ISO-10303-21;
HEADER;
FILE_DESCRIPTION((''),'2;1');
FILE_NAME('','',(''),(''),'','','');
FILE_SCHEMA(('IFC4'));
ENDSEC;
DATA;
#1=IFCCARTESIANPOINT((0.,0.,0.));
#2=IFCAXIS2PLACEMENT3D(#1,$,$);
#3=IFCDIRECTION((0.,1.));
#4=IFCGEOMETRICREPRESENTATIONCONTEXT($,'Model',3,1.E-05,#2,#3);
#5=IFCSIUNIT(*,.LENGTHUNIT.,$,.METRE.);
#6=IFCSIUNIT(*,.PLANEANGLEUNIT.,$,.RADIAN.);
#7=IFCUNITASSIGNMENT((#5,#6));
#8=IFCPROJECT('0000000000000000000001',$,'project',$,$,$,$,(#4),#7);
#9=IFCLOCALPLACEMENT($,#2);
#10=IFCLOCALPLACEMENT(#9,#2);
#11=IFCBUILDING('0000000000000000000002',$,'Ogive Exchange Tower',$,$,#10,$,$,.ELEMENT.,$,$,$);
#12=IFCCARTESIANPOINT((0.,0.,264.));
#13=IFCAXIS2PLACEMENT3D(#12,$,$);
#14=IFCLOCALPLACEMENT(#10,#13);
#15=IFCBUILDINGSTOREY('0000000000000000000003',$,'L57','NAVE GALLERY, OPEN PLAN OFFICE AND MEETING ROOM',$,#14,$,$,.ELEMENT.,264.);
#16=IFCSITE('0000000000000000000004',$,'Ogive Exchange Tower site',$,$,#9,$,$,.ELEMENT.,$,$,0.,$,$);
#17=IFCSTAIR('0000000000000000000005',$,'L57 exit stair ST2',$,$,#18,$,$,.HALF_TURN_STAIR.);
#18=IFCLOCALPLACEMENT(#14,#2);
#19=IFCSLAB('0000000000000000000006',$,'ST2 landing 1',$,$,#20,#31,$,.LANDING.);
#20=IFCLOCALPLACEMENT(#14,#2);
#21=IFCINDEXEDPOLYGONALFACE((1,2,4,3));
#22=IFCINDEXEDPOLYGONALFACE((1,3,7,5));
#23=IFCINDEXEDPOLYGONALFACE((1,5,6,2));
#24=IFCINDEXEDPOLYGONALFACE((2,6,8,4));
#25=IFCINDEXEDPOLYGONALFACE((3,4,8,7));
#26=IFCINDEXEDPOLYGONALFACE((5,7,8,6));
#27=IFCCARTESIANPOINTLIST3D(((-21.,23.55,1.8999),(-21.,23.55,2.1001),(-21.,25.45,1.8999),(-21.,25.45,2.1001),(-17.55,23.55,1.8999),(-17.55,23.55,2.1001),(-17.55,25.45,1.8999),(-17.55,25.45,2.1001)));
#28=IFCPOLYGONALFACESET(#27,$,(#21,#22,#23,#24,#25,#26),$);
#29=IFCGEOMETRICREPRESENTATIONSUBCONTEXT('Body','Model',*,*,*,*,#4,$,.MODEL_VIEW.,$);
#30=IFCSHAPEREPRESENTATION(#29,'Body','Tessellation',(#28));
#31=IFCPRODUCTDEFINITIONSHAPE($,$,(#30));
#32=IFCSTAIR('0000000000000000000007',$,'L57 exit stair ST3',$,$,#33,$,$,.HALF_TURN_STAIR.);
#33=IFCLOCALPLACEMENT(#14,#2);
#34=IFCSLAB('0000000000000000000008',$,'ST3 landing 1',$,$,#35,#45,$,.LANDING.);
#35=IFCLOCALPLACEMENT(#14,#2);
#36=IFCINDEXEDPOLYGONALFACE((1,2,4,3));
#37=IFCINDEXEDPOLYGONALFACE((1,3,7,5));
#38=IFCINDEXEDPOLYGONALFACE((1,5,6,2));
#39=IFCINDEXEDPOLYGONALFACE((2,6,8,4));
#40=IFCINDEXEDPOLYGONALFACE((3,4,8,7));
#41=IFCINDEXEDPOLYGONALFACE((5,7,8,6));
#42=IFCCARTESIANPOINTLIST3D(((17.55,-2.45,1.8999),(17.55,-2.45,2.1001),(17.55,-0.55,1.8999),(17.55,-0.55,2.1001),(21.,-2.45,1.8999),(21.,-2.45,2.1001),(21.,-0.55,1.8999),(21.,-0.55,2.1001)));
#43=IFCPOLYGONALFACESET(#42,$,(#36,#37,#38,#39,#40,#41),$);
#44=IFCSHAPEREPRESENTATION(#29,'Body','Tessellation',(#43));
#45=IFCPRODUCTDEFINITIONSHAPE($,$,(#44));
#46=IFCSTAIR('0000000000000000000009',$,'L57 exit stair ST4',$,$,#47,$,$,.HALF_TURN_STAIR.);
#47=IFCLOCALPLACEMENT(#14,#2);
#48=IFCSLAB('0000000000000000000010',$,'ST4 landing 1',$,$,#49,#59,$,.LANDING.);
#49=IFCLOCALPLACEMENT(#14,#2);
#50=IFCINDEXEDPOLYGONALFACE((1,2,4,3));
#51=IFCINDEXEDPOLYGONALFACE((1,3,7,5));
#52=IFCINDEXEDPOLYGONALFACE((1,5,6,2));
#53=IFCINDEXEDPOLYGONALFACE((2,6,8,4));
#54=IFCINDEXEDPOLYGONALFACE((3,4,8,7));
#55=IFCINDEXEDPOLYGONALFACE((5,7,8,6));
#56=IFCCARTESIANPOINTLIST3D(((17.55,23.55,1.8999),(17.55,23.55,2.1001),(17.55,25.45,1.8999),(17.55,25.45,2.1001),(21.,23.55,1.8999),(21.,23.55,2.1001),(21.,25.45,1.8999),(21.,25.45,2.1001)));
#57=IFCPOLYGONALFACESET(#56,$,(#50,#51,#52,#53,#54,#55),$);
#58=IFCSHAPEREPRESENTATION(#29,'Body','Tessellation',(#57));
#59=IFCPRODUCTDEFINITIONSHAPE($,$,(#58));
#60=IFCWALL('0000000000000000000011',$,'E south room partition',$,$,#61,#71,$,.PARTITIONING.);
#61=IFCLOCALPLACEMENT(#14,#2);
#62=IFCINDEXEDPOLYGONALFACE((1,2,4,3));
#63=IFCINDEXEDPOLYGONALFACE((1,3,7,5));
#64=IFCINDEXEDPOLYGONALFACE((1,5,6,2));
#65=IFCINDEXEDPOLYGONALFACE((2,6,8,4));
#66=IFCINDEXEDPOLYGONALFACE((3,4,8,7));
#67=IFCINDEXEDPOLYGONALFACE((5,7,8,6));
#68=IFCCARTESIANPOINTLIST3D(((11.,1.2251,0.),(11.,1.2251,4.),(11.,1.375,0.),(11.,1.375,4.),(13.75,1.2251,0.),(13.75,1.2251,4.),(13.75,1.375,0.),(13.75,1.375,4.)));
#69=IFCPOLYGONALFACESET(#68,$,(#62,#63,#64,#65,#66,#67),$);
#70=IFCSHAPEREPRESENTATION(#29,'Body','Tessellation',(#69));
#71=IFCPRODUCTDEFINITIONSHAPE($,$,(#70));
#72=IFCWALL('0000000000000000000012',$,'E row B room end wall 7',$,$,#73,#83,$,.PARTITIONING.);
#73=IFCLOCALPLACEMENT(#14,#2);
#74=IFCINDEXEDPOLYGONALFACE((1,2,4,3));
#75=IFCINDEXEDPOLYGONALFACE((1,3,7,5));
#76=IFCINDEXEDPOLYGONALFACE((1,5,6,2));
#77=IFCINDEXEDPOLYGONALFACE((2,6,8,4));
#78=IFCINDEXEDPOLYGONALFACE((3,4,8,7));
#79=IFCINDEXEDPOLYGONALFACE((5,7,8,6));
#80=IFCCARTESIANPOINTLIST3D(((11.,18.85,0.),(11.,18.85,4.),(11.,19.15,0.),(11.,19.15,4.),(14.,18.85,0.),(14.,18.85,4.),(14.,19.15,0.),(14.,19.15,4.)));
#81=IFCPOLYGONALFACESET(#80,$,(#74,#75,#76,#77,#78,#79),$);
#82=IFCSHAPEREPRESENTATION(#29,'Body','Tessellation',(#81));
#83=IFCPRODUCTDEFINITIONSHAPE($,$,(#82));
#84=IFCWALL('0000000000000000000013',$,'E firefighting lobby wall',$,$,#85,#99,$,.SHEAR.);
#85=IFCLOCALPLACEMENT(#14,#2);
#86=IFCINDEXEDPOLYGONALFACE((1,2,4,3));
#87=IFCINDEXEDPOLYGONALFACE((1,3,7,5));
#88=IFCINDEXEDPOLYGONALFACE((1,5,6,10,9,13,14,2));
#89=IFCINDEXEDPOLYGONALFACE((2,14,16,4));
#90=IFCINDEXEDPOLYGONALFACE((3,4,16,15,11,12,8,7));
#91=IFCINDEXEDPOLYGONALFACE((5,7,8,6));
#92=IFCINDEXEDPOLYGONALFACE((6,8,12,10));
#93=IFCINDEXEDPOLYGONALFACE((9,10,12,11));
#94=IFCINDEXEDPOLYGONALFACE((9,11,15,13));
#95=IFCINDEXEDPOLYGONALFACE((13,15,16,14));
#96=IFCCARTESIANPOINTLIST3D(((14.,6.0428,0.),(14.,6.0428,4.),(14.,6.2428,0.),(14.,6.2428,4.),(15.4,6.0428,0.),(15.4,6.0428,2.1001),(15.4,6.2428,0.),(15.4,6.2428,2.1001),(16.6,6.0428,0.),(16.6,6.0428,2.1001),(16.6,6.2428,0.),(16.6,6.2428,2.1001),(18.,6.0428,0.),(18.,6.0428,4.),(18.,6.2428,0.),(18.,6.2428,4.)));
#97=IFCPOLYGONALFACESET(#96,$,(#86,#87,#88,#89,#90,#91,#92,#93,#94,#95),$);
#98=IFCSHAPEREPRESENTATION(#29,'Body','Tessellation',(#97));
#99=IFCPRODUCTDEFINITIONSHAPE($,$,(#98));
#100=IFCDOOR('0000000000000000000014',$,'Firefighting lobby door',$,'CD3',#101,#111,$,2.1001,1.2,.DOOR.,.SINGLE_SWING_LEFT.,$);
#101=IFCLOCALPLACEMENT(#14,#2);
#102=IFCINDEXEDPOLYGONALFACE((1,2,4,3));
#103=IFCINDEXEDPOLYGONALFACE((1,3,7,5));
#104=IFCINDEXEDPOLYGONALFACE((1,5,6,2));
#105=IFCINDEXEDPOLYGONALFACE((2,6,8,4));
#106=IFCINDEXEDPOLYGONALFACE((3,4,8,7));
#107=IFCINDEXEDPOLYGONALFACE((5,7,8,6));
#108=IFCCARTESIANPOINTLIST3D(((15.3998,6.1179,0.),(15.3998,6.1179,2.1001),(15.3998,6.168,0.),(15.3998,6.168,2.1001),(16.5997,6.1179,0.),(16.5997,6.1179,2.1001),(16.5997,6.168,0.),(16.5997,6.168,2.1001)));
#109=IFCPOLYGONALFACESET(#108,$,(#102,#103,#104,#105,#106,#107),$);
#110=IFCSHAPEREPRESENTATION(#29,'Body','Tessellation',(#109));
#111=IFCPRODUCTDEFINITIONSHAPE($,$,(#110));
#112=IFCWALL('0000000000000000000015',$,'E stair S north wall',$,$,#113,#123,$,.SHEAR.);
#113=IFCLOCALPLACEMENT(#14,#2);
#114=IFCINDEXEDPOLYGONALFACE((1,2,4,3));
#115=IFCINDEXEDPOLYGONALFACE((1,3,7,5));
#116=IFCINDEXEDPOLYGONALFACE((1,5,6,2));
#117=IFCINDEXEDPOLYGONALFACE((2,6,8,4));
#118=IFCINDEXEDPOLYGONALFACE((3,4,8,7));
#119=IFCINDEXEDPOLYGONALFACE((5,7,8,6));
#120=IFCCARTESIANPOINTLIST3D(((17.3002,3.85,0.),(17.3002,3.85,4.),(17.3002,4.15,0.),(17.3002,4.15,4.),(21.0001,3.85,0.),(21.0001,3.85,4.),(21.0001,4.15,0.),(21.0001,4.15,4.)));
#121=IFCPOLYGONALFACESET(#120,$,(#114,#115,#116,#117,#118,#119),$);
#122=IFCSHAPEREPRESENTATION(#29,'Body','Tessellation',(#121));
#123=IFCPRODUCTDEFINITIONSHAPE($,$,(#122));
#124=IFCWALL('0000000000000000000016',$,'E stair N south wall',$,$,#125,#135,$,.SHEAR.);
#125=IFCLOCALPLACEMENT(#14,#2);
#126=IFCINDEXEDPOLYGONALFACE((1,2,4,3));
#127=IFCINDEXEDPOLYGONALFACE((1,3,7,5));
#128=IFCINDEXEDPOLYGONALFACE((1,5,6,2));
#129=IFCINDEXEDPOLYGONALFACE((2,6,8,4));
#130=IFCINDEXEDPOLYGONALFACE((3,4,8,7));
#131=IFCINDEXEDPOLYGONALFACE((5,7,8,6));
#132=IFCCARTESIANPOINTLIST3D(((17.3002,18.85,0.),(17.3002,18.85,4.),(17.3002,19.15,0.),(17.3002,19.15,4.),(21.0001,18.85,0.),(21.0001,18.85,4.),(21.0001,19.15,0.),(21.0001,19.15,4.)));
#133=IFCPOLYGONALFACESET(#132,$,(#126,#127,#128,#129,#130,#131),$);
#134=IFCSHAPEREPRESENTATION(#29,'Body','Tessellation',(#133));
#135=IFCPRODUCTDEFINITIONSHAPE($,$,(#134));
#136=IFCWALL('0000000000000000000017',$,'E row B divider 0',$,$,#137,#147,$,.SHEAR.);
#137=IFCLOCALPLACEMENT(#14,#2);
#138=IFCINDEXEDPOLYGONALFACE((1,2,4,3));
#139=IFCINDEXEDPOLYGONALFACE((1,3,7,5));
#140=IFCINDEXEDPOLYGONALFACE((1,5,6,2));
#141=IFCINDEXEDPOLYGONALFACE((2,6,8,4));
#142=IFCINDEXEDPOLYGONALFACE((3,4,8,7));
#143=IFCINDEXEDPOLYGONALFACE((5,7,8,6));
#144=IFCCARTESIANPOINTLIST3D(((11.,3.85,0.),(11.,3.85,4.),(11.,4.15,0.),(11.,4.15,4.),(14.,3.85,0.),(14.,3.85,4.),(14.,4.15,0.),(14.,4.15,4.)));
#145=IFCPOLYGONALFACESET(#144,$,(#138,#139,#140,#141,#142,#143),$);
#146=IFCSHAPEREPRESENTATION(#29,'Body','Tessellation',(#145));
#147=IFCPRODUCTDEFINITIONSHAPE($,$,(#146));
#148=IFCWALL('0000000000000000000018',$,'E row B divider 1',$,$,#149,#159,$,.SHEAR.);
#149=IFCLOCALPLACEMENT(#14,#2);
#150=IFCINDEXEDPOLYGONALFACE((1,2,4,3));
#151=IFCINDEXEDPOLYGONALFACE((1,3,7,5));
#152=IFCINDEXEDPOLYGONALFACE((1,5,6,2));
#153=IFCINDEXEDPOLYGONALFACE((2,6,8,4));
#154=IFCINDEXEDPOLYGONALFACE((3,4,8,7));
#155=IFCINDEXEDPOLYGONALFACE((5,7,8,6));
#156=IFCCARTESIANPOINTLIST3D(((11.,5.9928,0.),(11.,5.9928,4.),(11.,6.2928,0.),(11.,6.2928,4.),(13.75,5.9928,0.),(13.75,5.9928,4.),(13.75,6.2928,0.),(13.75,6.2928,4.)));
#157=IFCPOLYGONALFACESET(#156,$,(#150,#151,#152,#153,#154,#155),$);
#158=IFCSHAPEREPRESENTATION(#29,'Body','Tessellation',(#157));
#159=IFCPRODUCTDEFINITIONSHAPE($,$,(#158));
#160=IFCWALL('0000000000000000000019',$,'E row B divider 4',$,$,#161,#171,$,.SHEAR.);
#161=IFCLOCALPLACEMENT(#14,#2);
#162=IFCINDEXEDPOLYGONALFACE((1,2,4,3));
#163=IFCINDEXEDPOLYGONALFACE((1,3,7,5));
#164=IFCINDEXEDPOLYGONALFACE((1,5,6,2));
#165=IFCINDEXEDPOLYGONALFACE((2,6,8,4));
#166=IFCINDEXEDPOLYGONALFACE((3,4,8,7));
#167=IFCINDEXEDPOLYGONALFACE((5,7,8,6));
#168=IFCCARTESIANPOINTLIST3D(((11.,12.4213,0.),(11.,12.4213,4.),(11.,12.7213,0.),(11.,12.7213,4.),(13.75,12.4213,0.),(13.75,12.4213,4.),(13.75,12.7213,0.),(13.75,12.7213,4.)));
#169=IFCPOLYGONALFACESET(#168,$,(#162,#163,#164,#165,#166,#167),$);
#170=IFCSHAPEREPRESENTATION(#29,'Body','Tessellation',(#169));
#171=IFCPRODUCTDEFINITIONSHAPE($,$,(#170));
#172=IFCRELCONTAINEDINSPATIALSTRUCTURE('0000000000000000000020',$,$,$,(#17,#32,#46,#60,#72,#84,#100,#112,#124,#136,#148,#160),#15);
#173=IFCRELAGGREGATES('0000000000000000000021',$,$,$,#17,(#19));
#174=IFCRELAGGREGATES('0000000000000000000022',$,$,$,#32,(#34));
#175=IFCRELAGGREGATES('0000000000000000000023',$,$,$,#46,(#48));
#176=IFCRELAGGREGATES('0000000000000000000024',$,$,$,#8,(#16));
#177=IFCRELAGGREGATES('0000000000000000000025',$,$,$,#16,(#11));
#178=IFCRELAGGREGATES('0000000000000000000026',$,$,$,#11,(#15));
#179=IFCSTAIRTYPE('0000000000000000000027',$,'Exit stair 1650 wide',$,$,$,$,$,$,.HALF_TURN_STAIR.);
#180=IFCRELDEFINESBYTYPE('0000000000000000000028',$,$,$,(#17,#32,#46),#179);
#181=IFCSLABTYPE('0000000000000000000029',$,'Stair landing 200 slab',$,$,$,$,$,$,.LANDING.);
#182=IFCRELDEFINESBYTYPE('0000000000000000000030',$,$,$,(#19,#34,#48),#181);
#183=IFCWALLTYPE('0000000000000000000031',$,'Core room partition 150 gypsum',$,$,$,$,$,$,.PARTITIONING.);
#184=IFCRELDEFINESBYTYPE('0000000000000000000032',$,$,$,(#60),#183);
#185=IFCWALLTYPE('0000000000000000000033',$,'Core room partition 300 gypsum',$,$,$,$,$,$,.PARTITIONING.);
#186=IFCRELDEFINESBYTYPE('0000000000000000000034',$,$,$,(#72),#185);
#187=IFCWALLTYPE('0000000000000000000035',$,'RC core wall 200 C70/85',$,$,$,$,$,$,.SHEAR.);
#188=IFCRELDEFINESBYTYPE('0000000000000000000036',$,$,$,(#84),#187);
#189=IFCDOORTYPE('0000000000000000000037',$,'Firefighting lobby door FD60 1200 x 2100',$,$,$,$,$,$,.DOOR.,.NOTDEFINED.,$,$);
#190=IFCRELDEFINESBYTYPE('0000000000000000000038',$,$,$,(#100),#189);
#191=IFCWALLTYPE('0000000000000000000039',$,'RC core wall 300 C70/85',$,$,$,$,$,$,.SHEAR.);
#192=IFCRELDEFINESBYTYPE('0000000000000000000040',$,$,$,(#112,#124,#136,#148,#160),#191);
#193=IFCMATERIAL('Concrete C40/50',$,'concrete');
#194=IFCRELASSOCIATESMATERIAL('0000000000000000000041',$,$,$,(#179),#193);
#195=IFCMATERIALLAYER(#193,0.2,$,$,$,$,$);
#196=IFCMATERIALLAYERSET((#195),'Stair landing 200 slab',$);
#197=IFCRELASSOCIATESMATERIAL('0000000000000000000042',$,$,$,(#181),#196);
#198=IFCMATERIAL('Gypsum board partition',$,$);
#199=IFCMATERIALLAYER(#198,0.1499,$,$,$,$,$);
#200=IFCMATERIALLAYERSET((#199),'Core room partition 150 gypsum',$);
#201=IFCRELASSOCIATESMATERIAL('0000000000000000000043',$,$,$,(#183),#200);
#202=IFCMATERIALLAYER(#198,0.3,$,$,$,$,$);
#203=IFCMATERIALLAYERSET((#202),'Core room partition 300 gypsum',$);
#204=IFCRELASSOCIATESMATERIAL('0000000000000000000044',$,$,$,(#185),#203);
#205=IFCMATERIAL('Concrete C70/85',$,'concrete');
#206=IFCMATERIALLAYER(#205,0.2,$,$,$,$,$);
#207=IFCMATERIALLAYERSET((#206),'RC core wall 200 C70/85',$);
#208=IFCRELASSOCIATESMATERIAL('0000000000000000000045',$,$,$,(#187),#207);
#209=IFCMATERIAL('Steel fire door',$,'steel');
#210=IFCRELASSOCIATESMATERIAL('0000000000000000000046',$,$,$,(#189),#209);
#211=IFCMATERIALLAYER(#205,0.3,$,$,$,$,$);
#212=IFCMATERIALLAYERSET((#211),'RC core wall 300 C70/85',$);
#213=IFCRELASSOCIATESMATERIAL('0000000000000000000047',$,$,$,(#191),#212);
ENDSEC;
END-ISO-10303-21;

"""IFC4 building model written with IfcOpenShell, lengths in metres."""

from ifc_helpers import new_model, si_unit, direction, frame, frame_2d, origin, place, context, subcontext, project, spatial, polyline, rectangle, outline, extrude, material, layer, layer_set, type_object, element, fill, aggregate, save


model = new_model("IFC4")

# Units and contexts
model_context = context("Model", 3, precision=1e-05, world=origin(), true_north=direction((0.0, 1.0)))
body_context = subcontext(model_context, "Body", "Model", "MODEL_VIEW")
ifc_project = project(units=[si_unit("LENGTHUNIT", "METRE"), si_unit("PLANEANGLEUNIT", "RADIAN")], contexts=[model_context])

# Site, building, storey
site_placement = place(None, origin())
site = spatial("IfcSite", under=ifc_project, at=site_placement, Name="Ogive Exchange Tower site", CompositionType="ELEMENT", RefElevation=0.0)
building_placement = place(site_placement, origin())
building = spatial("IfcBuilding", under=site, at=building_placement, Name="Ogive Exchange Tower", CompositionType="ELEMENT")
storey_placement = place(building_placement, frame((0.0, 0.0, 264.0)))
storey = spatial("IfcBuildingStorey", under=building, at=storey_placement, Name="L57", Description="NAVE GALLERY, OPEN PLAN OFFICE AND MEETING ROOM", CompositionType="ELEMENT", Elevation=264.0)

# Shared definitions
ifc_material_1 = material(Name="Concrete C70/85", Category="concrete")

# Stairs, slabs
ifc_material_2 = material(Name="Concrete C40/50", Category="concrete")
stair_type = type_object("IfcStairType", Name="Exit stair 1650 wide", PredefinedType="HALF_TURN_STAIR", material=ifc_material_2)
ifc_layer_1 = layer(ifc_material_2, 0.2)
ifc_layer_set_1 = layer_set([ifc_layer_1], Name="Stair landing 200 slab")
slab_type_1 = type_object("IfcSlabType", Name="Stair landing 200 slab", PredefinedType="LANDING", material=ifc_layer_set_1)
stair_1_placement = place(storey_placement, origin())
stair_1 = element("IfcStair", 1, at=stair_1_placement, inside=storey, type_object=stair_type, Name="L57 exit stair ST2", PredefinedType="HALF_TURN_STAIR")
slab_1_placement = place(storey_placement, frame((0.0, 0.0, 1.8999)))
slab_1 = element("IfcSlab", 2, at=slab_1_placement, type_object=slab_type_1, Name="ST2 landing 1", PredefinedType="LANDING", context=body_context, shape_type="SweptSolid", body=[
    extrude(outline(polyline([(-17.55, 23.55), (-17.55, 25.45), (-21.0, 25.45), (-21.0, 23.55), (-17.55, 23.55)])), origin(), (0.0, 0.0, 1.0), 0.2002),
])
aggregate(stair_1, [slab_1])
stair_2_placement = place(storey_placement, origin())
stair_2 = element("IfcStair", 3, at=stair_2_placement, inside=storey, type_object=stair_type, Name="L57 exit stair ST3", PredefinedType="HALF_TURN_STAIR")
slab_2_placement = place(storey_placement, frame((0.0, 0.0, 1.8999)))
slab_2 = element("IfcSlab", 4, at=slab_2_placement, type_object=slab_type_1, Name="ST3 landing 1", PredefinedType="LANDING", context=body_context, shape_type="SweptSolid", body=[
    extrude(outline(polyline([(17.55, -0.55), (17.55, -2.45), (21.0, -2.45), (21.0, -0.55), (17.55, -0.55)])), origin(), (0.0, 0.0, 1.0), 0.2002),
])
aggregate(stair_2, [slab_2])
stair_3_placement = place(storey_placement, origin())
stair_3 = element("IfcStair", 5, at=stair_3_placement, inside=storey, type_object=stair_type, Name="L57 exit stair ST4", PredefinedType="HALF_TURN_STAIR")
slab_3_placement = place(storey_placement, frame((0.0, 0.0, 1.8999)))
slab_3 = element("IfcSlab", 6, at=slab_3_placement, type_object=slab_type_1, Name="ST4 landing 1", PredefinedType="LANDING", context=body_context, shape_type="SweptSolid", body=[
    extrude(outline(polyline([(21.0, 23.55), (21.0, 25.45), (17.55, 25.45), (17.55, 23.55), (21.0, 23.55)])), origin(), (0.0, 0.0, 1.0), 0.2002),
])
aggregate(stair_3, [slab_3])

# Walls
ifc_material_3 = material(Name="Gypsum board partition")
ifc_layer_2 = layer(ifc_material_3, 0.1499)
ifc_layer_set_2 = layer_set([ifc_layer_2], Name="Core room partition 150 gypsum")
wall_type_1 = type_object("IfcWallType", Name="Core room partition 150 gypsum", PredefinedType="PARTITIONING", material=ifc_layer_set_2)
wall_1_placement = place(storey_placement, frame((11.0, 1.3, 0.0), z_axis=(0.0, 0.0, 1.0), x_axis=(1.0, 0.0, 0.0)))
element("IfcWall", 7, at=wall_1_placement, inside=storey, type_object=wall_type_1, Name="E south room partition", PredefinedType="PARTITIONING", context=body_context, shape_type="SweptSolid", body=[
    extrude(rectangle(XDim=2.75, YDim=0.1499, at=frame_2d((1.375, 0.0))), origin(), (0.0, 0.0, 1.0), 4.0),
])
ifc_layer_3 = layer(ifc_material_3, 0.3)
ifc_layer_set_3 = layer_set([ifc_layer_3], Name="Core room partition 300 gypsum")
wall_type_2 = type_object("IfcWallType", Name="Core room partition 300 gypsum", PredefinedType="PARTITIONING", material=ifc_layer_set_3)
wall_2_placement = place(storey_placement, frame((11.0, 19.0, 0.0), z_axis=(0.0, 0.0, 1.0), x_axis=(1.0, 0.0, 0.0)))
element("IfcWall", 8, at=wall_2_placement, inside=storey, type_object=wall_type_2, Name="E row B room end wall 7", PredefinedType="PARTITIONING", context=body_context, shape_type="SweptSolid", body=[
    extrude(rectangle(XDim=3.0, YDim=0.3, at=frame_2d((1.5, 0.0))), origin(), (0.0, 0.0, 1.0), 4.0),
])

# Wall, opening, door
ifc_layer_4 = layer(ifc_material_1, 0.2)
ifc_layer_set_4 = layer_set([ifc_layer_4], Name="RC core wall 200 C70/85")
wall_type_3 = type_object("IfcWallType", Name="RC core wall 200 C70/85", PredefinedType="SHEAR", material=ifc_layer_set_4)
wall_3_placement = place(storey_placement, frame((14.0, 6.1428, 0.0), z_axis=(0.0, 0.0, 1.0), x_axis=(1.0, 0.0, 0.0)))
wall_3 = element("IfcWall", 9, at=wall_3_placement, inside=storey, type_object=wall_type_3, Name="E firefighting lobby wall", PredefinedType="SHEAR", context=body_context, shape_type="SweptSolid", body=[
    extrude(rectangle(XDim=4.0, YDim=0.2, at=frame_2d((2.0, 0.0))), origin(), (0.0, 0.0, 1.0), 4.0),
])
opening_placement = place(wall_3_placement, frame((1.3999, 0.0, 0.0)))
opening = element("IfcOpeningElement", 10, at=opening_placement, cuts=wall_3, PredefinedType="OPENING", context=body_context, shape_type="SweptSolid", body=[
    extrude(rectangle(XDim=1.2, YDim=2.1001, at=frame_2d((0.6001, 1.05))), frame((0.0, 0.1099, 0.0), z_axis=(0.0, -1.0, 0.0), x_axis=(1.0, 0.0, 0.0)), (0.0, 0.0, 1.0), 0.22),
])
ifc_material_4 = material(Name="Steel fire door", Category="steel")
door_type = type_object("IfcDoorType", Name="Firefighting lobby door FD60 1200 x 2100", OperationType="NOTDEFINED", PredefinedType="DOOR", material=ifc_material_4)
door_placement = place(opening_placement, frame((1.2, 0.0, 0.0), z_axis=(0.0, 0.0, 1.0), x_axis=(-1.0, 0.0, 0.0)))
door = element("IfcDoor", 11, at=door_placement, inside=storey, type_object=door_type, Name="Firefighting lobby door", ObjectType="CD3", OperationType="SINGLE_SWING_LEFT", OverallHeight=2.1001, OverallWidth=1.2, PredefinedType="DOOR", context=body_context, shape_type="SweptSolid", body=[
    extrude(rectangle(XDim=1.2, YDim=2.1001, at=frame_2d((0.6001, 1.05))), frame((0.0, 0.0249, 0.0), z_axis=(0.0, -1.0, 0.0), x_axis=(1.0, 0.0, 0.0)), (0.0, 0.0, 1.0), 0.05),
])
fill(opening, door)

# Walls
ifc_layer_5 = layer(ifc_material_1, 0.3)
ifc_layer_set_5 = layer_set([ifc_layer_5], Name="RC core wall 300 C70/85")
wall_type_4 = type_object("IfcWallType", Name="RC core wall 300 C70/85", PredefinedType="SHEAR", material=ifc_layer_set_5)
for number, where, z_axis, x_axis, name in (
    (12, (17.3, 4.0, 0.0), (0.0, 0.0, 1.0), (1.0, 0.0, 0.0), "E stair S north wall"),
    (13, (17.3, 19.0, 0.0), (0.0, 0.0, 1.0), (1.0, 0.0, 0.0), "E stair N south wall"),
):
    element("IfcWall", number, at=place(storey_placement, frame(where, z_axis=z_axis, x_axis=x_axis)), inside=storey, type_object=wall_type_4, Name=name, PredefinedType="SHEAR", context=body_context, shape_type="SweptSolid", body=[
        extrude(rectangle(XDim=3.7, YDim=0.3, at=frame_2d((1.8501, 0.0))), origin(), (0.0, 0.0, 1.0), 4.0),
    ])
wall_4_placement = place(storey_placement, frame((11.0, 4.0, 0.0), z_axis=(0.0, 0.0, 1.0), x_axis=(1.0, 0.0, 0.0)))
element("IfcWall", 14, at=wall_4_placement, inside=storey, type_object=wall_type_4, Name="E row B divider 0", PredefinedType="SHEAR", context=body_context, shape_type="SweptSolid", body=[
    extrude(rectangle(XDim=3.0, YDim=0.3, at=frame_2d((1.5, 0.0))), origin(), (0.0, 0.0, 1.0), 4.0),
])
for number, where, z_axis, x_axis, name in (
    (15, (11.0, 6.1428, 0.0), (0.0, 0.0, 1.0), (1.0, 0.0, 0.0), "E row B divider 1"),
    (16, (11.0, 12.5713, 0.0), (0.0, 0.0, 1.0), (1.0, 0.0, 0.0), "E row B divider 4"),
):
    element("IfcWall", number, at=place(storey_placement, frame(where, z_axis=z_axis, x_axis=x_axis)), inside=storey, type_object=wall_type_4, Name=name, PredefinedType="SHEAR", context=body_context, shape_type="SweptSolid", body=[
        extrude(rectangle(XDim=2.75, YDim=0.3, at=frame_2d((1.375, 0.0))), origin(), (0.0, 0.0, 1.0), 4.0),
    ])

save(model, "model.ifc")
